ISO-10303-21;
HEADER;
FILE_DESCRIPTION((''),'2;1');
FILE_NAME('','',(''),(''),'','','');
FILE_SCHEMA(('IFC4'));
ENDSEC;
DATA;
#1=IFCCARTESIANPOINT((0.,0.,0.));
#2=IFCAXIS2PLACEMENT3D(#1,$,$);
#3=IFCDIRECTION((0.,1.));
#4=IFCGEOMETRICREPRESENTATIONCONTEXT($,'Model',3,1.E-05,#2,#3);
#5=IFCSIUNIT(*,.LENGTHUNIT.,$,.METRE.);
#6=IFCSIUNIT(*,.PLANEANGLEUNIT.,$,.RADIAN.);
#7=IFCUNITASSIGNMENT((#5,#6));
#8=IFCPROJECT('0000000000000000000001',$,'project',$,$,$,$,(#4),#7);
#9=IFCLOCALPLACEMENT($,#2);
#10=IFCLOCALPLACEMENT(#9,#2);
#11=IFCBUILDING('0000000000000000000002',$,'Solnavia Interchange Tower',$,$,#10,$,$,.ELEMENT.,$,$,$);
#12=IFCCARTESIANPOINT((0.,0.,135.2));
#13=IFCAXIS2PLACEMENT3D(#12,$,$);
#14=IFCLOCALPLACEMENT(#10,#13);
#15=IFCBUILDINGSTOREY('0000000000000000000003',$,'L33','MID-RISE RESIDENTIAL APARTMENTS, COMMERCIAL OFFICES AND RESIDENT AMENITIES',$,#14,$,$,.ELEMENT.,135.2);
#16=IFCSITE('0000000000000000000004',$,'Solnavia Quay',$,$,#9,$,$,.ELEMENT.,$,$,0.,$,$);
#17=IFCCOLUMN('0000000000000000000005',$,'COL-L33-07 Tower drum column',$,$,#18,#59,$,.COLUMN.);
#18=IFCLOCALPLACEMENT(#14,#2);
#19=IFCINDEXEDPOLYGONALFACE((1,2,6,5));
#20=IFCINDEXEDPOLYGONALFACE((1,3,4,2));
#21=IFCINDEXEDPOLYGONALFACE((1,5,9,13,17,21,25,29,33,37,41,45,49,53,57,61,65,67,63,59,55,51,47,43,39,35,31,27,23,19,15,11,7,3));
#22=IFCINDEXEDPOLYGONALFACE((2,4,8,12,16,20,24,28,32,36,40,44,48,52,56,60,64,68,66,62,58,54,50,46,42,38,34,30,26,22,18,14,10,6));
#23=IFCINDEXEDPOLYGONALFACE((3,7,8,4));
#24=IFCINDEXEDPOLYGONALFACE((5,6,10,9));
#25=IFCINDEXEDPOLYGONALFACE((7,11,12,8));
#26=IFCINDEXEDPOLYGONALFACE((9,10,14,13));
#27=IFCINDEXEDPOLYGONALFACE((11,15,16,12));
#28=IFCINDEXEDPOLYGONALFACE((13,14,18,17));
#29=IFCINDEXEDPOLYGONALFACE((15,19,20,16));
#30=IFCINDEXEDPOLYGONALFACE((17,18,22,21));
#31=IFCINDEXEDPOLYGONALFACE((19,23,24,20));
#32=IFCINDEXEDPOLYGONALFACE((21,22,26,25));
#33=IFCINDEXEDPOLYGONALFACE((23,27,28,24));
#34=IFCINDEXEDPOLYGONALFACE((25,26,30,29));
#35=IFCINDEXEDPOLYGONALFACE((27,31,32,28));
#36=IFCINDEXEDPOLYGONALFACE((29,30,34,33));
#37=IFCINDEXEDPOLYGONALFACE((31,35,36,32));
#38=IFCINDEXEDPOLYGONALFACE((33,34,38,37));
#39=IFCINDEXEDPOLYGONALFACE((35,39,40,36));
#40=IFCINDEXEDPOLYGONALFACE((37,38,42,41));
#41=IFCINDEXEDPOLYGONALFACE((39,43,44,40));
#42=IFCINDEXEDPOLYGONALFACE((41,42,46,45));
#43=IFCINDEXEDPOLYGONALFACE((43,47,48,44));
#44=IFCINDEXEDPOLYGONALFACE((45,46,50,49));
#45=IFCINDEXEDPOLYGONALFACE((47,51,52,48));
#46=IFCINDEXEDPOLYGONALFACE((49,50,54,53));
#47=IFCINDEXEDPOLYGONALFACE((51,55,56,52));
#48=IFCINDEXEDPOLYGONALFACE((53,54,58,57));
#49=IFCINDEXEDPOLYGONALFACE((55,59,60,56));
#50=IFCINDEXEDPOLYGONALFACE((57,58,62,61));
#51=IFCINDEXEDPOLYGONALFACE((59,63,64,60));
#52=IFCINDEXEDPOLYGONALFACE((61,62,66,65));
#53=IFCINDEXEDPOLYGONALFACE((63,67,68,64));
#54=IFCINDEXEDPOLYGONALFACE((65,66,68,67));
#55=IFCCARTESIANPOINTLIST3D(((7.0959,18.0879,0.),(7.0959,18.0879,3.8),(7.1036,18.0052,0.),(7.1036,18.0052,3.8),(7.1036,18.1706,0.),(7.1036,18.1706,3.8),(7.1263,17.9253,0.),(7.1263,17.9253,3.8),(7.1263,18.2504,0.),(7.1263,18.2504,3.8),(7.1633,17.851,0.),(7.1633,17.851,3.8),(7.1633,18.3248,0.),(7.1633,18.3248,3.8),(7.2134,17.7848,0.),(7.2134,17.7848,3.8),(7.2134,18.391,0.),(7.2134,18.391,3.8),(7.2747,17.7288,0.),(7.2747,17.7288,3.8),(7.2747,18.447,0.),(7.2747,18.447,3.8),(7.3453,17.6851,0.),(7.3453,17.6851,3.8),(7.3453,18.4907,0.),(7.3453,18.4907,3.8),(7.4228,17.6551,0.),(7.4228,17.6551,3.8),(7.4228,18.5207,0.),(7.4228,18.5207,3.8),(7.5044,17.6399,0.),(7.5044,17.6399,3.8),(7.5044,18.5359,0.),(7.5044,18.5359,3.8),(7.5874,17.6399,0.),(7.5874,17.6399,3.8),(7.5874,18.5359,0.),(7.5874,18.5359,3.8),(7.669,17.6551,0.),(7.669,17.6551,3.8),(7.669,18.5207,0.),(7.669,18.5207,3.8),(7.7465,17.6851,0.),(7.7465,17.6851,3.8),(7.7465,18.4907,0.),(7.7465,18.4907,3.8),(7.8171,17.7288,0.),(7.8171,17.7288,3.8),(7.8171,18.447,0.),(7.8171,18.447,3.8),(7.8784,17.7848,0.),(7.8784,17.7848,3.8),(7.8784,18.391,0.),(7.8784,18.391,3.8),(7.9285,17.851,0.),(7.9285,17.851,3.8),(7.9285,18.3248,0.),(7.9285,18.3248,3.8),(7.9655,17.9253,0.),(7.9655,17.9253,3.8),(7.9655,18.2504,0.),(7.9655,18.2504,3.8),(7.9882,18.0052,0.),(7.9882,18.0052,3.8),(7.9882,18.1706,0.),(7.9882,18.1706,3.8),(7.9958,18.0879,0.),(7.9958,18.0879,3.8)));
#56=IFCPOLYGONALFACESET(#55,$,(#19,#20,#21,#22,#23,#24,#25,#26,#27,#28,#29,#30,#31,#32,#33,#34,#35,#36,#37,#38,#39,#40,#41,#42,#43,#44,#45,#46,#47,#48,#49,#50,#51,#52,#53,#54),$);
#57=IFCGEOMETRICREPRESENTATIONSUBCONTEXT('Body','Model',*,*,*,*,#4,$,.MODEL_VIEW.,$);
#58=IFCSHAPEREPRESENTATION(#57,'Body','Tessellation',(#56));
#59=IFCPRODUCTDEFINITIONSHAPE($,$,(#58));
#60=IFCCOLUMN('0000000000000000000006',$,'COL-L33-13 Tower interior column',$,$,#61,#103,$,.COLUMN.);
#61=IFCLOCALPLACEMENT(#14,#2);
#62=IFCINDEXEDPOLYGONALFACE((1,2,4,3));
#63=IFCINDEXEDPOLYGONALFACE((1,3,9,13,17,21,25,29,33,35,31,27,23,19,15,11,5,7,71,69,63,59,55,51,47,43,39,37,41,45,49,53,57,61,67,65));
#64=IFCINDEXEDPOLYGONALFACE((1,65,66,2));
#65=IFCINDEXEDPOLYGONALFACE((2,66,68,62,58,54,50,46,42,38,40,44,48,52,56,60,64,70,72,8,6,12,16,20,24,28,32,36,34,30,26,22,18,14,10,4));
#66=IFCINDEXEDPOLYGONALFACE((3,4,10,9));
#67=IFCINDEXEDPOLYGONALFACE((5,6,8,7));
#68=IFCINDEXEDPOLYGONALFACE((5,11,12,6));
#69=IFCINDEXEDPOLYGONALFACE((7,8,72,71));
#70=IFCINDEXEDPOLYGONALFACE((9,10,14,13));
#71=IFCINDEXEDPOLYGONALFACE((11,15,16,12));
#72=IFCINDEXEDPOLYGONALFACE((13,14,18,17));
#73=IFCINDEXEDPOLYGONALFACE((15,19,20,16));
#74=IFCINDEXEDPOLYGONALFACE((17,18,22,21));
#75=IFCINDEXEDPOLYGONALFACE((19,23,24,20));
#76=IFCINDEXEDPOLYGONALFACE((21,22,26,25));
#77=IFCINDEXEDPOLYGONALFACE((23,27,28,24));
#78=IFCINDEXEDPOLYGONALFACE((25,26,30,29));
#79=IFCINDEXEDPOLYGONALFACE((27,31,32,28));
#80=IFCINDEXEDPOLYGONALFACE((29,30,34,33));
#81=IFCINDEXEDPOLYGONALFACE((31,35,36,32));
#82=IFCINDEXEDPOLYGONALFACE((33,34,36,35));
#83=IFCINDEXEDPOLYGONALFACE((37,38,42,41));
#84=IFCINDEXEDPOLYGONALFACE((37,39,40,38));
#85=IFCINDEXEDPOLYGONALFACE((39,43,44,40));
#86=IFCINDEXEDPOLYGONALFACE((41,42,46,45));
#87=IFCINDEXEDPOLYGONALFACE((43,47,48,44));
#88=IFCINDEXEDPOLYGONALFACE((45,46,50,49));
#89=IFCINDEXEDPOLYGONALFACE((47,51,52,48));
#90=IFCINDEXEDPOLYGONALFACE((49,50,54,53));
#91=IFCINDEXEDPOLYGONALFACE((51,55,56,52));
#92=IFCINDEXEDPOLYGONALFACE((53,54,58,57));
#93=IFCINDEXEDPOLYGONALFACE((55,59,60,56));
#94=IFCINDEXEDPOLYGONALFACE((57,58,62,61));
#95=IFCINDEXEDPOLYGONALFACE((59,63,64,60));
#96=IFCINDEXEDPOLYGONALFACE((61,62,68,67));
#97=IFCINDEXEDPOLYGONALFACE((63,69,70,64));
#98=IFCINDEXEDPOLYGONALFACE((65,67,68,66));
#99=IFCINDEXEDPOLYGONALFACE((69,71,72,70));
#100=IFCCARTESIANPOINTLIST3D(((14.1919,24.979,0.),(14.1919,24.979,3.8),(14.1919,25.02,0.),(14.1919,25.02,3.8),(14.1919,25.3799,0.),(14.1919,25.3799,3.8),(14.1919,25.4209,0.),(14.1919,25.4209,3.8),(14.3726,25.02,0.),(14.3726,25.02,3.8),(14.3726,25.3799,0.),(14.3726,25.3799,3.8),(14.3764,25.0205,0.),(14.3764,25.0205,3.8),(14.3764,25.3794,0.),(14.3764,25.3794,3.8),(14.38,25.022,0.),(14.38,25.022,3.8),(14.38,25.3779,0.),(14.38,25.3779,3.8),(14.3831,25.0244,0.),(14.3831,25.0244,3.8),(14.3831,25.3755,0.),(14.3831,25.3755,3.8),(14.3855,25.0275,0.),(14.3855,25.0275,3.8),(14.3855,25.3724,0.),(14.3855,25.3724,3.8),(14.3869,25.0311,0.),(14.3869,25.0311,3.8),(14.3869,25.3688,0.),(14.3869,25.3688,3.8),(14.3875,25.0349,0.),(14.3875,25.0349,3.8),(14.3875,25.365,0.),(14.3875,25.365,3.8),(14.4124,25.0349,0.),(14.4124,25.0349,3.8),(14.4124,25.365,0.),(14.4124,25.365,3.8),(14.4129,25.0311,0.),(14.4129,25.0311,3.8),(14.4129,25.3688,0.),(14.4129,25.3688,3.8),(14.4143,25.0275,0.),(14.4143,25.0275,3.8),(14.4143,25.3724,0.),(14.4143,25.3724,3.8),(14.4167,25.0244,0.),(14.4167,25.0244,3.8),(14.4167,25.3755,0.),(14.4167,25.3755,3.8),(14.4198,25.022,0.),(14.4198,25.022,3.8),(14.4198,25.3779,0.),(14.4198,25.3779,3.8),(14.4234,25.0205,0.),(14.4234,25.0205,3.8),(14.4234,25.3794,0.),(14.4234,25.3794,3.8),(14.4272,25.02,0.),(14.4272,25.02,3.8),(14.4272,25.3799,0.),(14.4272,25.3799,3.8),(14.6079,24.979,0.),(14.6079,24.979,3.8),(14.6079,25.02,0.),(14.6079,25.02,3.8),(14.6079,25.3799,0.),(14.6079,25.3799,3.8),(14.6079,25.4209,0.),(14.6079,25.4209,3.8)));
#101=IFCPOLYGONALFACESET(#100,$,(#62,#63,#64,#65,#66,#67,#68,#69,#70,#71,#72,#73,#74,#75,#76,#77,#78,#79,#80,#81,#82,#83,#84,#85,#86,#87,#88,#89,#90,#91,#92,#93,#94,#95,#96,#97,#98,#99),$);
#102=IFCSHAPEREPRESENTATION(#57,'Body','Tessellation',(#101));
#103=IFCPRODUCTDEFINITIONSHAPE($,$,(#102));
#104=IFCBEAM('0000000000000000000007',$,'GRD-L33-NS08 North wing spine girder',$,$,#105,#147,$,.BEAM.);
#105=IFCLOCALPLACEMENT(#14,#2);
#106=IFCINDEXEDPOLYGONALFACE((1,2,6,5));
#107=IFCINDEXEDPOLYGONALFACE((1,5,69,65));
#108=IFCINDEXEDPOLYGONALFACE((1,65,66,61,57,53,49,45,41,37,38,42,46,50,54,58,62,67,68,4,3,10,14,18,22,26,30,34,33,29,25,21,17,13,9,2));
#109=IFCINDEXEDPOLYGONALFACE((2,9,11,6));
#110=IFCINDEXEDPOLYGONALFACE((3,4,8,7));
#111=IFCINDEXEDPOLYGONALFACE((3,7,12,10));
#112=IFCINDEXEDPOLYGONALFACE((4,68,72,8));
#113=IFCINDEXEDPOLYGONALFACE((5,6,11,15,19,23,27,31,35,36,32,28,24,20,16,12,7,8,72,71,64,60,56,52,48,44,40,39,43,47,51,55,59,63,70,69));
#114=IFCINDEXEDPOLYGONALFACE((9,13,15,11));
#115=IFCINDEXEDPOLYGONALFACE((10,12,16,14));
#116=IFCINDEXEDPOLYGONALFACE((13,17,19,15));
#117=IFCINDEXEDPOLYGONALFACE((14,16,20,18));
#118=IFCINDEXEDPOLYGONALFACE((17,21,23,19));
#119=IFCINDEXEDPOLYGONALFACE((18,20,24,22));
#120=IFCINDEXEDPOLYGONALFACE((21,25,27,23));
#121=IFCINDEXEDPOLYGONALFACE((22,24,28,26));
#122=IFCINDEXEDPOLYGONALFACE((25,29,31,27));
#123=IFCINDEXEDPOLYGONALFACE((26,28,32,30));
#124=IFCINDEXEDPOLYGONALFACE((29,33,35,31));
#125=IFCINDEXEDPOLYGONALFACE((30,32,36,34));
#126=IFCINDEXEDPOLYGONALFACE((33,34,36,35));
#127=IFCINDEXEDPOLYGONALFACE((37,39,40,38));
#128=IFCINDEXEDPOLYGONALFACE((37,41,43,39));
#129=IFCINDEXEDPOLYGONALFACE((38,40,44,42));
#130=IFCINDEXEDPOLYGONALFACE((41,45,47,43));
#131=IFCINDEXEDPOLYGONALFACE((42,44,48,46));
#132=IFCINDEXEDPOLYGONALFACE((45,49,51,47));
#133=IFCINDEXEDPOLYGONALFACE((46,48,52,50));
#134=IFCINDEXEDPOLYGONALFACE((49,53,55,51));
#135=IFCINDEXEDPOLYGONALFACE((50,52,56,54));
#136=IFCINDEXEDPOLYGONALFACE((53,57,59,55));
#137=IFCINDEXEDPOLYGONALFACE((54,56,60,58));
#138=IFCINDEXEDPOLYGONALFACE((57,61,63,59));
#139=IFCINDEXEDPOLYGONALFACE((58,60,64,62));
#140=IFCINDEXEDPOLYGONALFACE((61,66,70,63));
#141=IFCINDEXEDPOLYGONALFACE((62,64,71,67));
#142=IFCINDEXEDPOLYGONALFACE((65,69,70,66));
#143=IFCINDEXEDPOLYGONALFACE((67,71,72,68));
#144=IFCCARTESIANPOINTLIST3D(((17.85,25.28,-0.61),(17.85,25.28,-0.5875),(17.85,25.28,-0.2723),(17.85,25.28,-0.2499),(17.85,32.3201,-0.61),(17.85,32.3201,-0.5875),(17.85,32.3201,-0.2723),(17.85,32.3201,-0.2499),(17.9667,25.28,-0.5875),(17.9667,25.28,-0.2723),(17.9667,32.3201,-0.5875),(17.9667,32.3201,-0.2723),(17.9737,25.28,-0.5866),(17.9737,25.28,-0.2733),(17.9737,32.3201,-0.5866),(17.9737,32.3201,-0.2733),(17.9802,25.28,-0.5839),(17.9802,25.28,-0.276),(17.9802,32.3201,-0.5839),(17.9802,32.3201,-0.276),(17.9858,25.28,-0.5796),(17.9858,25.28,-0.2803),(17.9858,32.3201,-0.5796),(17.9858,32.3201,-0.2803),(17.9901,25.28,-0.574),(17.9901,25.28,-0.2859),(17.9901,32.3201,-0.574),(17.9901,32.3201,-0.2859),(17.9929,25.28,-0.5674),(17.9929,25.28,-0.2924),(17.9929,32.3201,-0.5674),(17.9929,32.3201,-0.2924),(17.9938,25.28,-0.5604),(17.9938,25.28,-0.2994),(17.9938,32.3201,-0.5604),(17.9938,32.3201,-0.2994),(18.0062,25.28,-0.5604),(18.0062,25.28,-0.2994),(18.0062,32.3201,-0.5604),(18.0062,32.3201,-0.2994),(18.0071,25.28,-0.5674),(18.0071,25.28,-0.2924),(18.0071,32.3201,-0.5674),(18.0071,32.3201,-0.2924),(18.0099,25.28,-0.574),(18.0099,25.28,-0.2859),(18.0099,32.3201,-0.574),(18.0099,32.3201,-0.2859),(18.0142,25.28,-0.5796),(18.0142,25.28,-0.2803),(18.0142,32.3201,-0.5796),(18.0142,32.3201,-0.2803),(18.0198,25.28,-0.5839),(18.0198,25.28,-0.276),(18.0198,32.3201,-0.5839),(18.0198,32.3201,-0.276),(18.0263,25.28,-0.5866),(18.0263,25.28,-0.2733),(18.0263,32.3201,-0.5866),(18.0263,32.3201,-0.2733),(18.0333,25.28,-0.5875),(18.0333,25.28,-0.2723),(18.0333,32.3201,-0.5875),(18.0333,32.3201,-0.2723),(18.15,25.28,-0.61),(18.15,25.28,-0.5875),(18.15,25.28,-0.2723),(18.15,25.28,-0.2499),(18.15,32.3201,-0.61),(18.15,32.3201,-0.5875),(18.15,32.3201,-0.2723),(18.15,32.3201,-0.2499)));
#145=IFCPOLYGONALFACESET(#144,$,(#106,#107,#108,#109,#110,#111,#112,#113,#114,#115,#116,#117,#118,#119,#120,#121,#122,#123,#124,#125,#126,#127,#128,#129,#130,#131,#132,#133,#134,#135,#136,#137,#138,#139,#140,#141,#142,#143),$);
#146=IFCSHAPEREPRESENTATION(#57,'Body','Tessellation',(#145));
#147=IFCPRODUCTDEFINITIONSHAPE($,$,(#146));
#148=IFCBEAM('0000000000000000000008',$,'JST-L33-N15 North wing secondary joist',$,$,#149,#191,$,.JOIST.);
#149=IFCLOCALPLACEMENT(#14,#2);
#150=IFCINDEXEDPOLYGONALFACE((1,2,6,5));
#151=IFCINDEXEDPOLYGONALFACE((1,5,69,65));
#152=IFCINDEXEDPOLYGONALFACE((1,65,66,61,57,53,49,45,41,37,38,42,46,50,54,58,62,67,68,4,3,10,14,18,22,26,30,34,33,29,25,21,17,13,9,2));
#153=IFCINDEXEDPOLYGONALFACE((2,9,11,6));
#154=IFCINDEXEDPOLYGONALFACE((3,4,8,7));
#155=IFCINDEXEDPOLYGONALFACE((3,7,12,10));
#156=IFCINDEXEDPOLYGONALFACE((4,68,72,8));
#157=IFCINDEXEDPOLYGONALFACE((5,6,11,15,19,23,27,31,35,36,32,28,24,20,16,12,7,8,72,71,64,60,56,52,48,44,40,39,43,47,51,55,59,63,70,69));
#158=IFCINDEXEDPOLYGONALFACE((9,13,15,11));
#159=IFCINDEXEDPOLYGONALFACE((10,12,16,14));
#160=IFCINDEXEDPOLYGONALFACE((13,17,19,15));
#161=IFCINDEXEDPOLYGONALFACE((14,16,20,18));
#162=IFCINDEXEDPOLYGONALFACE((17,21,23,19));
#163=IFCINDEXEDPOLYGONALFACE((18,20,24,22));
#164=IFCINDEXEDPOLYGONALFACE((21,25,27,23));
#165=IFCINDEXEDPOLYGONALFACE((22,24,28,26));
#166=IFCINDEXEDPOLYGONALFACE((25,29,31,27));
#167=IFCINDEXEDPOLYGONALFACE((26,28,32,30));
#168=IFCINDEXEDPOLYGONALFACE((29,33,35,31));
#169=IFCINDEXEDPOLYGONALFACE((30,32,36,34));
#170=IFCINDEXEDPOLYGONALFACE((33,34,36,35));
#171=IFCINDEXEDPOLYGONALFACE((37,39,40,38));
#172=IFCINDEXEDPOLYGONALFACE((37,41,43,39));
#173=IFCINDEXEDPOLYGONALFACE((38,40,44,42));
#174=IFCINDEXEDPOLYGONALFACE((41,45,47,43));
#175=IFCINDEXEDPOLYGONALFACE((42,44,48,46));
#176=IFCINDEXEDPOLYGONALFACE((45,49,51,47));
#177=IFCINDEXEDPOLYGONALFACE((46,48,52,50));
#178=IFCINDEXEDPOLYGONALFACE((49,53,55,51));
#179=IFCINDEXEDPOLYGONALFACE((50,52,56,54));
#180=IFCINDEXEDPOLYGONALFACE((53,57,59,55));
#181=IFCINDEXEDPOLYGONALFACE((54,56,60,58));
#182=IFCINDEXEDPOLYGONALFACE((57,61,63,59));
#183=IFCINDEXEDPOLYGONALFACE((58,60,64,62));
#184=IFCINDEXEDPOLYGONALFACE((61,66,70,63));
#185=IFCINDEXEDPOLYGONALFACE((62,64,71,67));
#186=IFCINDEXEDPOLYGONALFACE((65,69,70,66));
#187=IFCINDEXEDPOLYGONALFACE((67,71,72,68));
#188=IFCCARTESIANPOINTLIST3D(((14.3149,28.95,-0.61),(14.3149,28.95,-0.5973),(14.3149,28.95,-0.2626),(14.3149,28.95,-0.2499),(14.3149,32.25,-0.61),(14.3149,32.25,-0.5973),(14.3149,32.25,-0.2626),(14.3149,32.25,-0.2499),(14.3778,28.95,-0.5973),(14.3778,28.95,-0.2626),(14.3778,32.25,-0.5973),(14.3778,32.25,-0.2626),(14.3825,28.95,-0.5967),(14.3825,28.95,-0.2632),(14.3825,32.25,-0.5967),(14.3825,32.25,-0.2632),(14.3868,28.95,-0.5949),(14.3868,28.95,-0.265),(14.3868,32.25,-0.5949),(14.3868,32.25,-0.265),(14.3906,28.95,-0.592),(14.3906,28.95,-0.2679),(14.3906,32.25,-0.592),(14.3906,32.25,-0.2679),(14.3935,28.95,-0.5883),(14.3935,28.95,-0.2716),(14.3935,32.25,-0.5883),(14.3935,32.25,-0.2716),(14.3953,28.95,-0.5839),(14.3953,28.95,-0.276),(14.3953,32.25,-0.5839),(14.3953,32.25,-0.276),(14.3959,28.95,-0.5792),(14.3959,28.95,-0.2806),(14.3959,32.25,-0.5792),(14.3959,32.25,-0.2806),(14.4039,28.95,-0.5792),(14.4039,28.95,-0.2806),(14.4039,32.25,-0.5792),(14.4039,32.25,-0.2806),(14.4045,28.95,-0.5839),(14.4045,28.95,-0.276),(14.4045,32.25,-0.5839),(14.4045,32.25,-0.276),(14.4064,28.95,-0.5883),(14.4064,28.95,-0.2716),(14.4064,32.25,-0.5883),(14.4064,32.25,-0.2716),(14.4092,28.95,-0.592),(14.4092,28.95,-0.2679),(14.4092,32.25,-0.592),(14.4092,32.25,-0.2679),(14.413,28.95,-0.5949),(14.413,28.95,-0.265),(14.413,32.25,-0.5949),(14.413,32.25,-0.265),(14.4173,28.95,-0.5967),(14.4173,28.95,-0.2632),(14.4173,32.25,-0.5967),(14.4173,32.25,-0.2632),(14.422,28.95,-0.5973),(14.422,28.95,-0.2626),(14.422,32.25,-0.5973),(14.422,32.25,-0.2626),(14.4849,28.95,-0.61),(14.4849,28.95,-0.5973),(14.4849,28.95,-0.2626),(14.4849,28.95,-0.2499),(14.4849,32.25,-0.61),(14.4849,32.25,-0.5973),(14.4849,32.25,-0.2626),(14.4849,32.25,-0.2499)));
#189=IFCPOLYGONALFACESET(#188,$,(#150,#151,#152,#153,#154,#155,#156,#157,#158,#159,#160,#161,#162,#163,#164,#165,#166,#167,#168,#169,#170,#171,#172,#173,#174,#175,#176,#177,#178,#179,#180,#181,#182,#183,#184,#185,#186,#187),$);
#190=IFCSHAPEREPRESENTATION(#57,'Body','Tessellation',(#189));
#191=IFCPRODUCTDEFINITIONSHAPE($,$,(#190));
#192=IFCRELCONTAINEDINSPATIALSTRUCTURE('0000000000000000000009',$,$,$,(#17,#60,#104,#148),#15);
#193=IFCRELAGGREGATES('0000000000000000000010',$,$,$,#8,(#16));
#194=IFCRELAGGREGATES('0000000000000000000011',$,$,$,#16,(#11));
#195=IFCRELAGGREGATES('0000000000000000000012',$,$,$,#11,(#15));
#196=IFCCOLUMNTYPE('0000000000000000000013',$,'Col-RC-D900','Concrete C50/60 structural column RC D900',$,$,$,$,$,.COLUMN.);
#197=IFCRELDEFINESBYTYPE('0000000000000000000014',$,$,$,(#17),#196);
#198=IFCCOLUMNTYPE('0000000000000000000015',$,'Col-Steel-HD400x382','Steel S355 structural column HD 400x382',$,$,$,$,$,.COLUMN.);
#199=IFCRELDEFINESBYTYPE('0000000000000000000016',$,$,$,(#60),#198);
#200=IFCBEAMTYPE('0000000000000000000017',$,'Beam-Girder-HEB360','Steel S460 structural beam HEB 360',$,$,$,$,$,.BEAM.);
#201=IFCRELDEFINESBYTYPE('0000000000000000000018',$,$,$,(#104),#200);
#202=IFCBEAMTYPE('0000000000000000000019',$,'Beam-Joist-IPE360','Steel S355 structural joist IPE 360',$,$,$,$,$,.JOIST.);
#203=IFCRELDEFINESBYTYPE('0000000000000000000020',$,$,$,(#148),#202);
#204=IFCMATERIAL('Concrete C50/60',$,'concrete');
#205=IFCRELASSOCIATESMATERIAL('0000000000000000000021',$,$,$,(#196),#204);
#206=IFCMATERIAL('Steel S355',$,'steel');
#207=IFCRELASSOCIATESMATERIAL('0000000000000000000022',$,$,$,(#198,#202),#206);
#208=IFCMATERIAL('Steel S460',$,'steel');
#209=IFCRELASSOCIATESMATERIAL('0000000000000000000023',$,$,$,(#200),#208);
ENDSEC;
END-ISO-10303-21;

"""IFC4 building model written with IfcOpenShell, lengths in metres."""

from ifc_helpers import new_model, si_unit, direction, frame, origin, origin_2d, place, context, subcontext, project, spatial, circle, i_section, extrude, material, material_profile, profile_set, type_object, element, save


model = new_model("IFC4")

# Units and contexts
model_context = context("Model", 3, precision=1e-05, world=origin(), true_north=direction((0.0, 1.0)))
body_context = subcontext(model_context, "Body", "Model", "MODEL_VIEW")
ifc_project = project(units=[si_unit("LENGTHUNIT", "METRE"), si_unit("PLANEANGLEUNIT", "RADIAN")], contexts=[model_context])

# Site, building, storey
site_placement = place(None, origin())
site = spatial("IfcSite", under=ifc_project, at=site_placement, Name="Solnavia Quay", CompositionType="ELEMENT", RefElevation=0.0)
building_placement = place(site_placement, origin())
building = spatial("IfcBuilding", under=site, at=building_placement, Name="Solnavia Interchange Tower", CompositionType="ELEMENT")
storey_placement = place(building_placement, frame((0.0, 0.0, 135.2)))
storey = spatial("IfcBuildingStorey", under=building, at=storey_placement, Name="L33", Description="MID-RISE RESIDENTIAL APARTMENTS, COMMERCIAL OFFICES AND RESIDENT AMENITIES", CompositionType="ELEMENT", Elevation=135.2)

# Columns
ifc_material_1 = material(Name="Concrete C50/60", Category="concrete")
ifc_material_profile_1 = material_profile(ifc_material_1, circle(Radius=0.45, at=origin_2d()), Name="RC D900")
ifc_profile_set_1 = profile_set([ifc_material_profile_1], Name="Concrete C50/60")
column_type_1 = type_object("IfcColumnType", Name="Col-RC-D900", Description="Concrete C50/60 structural column RC D900", PredefinedType="COLUMN", material=ifc_profile_set_1)
column_1_placement = place(storey_placement, frame((7.5459, 18.0879, 0.0), z_axis=(0.0, 0.0, 1.0), x_axis=(1.0, 0.0, 0.0)))
element("IfcColumn", 1, at=column_1_placement, inside=storey, type_object=column_type_1, Name="COL-L33-07 Tower drum column", PredefinedType="COLUMN", context=body_context, shape_type="SweptSolid", body=[
    extrude(circle(Radius=0.45, at=origin_2d()), origin(), (0.0, 0.0, 1.0), 3.8),
])
ifc_material_2 = material(Name="Steel S355", Category="steel")
ifc_material_profile_2 = material_profile(ifc_material_2, i_section(OverallWidth=0.416, OverallDepth=0.4419, WebThickness=0.0249, FlangeThickness=0.041, FilletRadius=0.0149, at=origin_2d()), Name="HD 400x382")
ifc_profile_set_2 = profile_set([ifc_material_profile_2], Name="Steel S355")
column_type_2 = type_object("IfcColumnType", Name="Col-Steel-HD400x382", Description="Steel S355 structural column HD 400x382", PredefinedType="COLUMN", material=ifc_profile_set_2)
column_2_placement = place(storey_placement, frame((14.3999, 25.2, 0.0), z_axis=(0.0, 0.0, 1.0), x_axis=(1.0, 0.0, 0.0)))
element("IfcColumn", 2, at=column_2_placement, inside=storey, type_object=column_type_2, Name="COL-L33-13 Tower interior column", PredefinedType="COLUMN", context=body_context, shape_type="SweptSolid", body=[
    extrude(i_section(OverallWidth=0.416, OverallDepth=0.4419, WebThickness=0.0249, FlangeThickness=0.041, FilletRadius=0.0149, at=origin_2d()), origin(), (0.0, 0.0, 1.0), 3.8),
])

# Beams
ifc_material_3 = material(Name="Steel S460", Category="steel")
ifc_material_profile_3 = material_profile(ifc_material_3, i_section(OverallWidth=0.3, OverallDepth=0.3601, WebThickness=0.0125, FlangeThickness=0.0225, FilletRadius=0.0271, at=origin_2d()), Name="HEB 360")
ifc_profile_set_3 = profile_set([ifc_material_profile_3], Name="Steel S460")
beam_type_1 = type_object("IfcBeamType", Name="Beam-Girder-HEB360", Description="Steel S460 structural beam HEB 360", PredefinedType="BEAM", material=ifc_profile_set_3)
beam_1_placement = place(storey_placement, frame((18.0, 25.28, -0.4299), z_axis=(0.0, 1.0, 0.0), x_axis=(-1.0, 0.0, 0.0)))
element("IfcBeam", 3, at=beam_1_placement, inside=storey, type_object=beam_type_1, Name="GRD-L33-NS08 North wing spine girder", PredefinedType="BEAM", context=body_context, shape_type="SweptSolid", body=[
    extrude(i_section(OverallWidth=0.3, OverallDepth=0.3601, WebThickness=0.0125, FlangeThickness=0.0225, FilletRadius=0.0271, at=origin_2d()), origin(), (0.0, 0.0, 1.0), 7.04),
])
ifc_material_profile_4 = material_profile(ifc_material_2, i_section(OverallWidth=0.1699, OverallDepth=0.3601, WebThickness=0.0081, FlangeThickness=0.0127, FilletRadius=0.0181, at=origin_2d()), Name="IPE 360")
ifc_profile_set_4 = profile_set([ifc_material_profile_4], Name="Steel S355")
beam_type_2 = type_object("IfcBeamType", Name="Beam-Joist-IPE360", Description="Steel S355 structural joist IPE 360", PredefinedType="JOIST", material=ifc_profile_set_4)
beam_2_placement = place(storey_placement, frame((14.3999, 28.95, -0.4299), z_axis=(0.0, 1.0, 0.0), x_axis=(-1.0, 0.0, 0.0)))
element("IfcBeam", 4, at=beam_2_placement, inside=storey, type_object=beam_type_2, Name="JST-L33-N15 North wing secondary joist", PredefinedType="JOIST", context=body_context, shape_type="SweptSolid", body=[
    extrude(i_section(OverallWidth=0.1699, OverallDepth=0.3601, WebThickness=0.0081, FlangeThickness=0.0127, FilletRadius=0.0181, at=origin_2d()), origin(), (0.0, 0.0, 1.0), 3.3),
])

save(model, "model.ifc")
